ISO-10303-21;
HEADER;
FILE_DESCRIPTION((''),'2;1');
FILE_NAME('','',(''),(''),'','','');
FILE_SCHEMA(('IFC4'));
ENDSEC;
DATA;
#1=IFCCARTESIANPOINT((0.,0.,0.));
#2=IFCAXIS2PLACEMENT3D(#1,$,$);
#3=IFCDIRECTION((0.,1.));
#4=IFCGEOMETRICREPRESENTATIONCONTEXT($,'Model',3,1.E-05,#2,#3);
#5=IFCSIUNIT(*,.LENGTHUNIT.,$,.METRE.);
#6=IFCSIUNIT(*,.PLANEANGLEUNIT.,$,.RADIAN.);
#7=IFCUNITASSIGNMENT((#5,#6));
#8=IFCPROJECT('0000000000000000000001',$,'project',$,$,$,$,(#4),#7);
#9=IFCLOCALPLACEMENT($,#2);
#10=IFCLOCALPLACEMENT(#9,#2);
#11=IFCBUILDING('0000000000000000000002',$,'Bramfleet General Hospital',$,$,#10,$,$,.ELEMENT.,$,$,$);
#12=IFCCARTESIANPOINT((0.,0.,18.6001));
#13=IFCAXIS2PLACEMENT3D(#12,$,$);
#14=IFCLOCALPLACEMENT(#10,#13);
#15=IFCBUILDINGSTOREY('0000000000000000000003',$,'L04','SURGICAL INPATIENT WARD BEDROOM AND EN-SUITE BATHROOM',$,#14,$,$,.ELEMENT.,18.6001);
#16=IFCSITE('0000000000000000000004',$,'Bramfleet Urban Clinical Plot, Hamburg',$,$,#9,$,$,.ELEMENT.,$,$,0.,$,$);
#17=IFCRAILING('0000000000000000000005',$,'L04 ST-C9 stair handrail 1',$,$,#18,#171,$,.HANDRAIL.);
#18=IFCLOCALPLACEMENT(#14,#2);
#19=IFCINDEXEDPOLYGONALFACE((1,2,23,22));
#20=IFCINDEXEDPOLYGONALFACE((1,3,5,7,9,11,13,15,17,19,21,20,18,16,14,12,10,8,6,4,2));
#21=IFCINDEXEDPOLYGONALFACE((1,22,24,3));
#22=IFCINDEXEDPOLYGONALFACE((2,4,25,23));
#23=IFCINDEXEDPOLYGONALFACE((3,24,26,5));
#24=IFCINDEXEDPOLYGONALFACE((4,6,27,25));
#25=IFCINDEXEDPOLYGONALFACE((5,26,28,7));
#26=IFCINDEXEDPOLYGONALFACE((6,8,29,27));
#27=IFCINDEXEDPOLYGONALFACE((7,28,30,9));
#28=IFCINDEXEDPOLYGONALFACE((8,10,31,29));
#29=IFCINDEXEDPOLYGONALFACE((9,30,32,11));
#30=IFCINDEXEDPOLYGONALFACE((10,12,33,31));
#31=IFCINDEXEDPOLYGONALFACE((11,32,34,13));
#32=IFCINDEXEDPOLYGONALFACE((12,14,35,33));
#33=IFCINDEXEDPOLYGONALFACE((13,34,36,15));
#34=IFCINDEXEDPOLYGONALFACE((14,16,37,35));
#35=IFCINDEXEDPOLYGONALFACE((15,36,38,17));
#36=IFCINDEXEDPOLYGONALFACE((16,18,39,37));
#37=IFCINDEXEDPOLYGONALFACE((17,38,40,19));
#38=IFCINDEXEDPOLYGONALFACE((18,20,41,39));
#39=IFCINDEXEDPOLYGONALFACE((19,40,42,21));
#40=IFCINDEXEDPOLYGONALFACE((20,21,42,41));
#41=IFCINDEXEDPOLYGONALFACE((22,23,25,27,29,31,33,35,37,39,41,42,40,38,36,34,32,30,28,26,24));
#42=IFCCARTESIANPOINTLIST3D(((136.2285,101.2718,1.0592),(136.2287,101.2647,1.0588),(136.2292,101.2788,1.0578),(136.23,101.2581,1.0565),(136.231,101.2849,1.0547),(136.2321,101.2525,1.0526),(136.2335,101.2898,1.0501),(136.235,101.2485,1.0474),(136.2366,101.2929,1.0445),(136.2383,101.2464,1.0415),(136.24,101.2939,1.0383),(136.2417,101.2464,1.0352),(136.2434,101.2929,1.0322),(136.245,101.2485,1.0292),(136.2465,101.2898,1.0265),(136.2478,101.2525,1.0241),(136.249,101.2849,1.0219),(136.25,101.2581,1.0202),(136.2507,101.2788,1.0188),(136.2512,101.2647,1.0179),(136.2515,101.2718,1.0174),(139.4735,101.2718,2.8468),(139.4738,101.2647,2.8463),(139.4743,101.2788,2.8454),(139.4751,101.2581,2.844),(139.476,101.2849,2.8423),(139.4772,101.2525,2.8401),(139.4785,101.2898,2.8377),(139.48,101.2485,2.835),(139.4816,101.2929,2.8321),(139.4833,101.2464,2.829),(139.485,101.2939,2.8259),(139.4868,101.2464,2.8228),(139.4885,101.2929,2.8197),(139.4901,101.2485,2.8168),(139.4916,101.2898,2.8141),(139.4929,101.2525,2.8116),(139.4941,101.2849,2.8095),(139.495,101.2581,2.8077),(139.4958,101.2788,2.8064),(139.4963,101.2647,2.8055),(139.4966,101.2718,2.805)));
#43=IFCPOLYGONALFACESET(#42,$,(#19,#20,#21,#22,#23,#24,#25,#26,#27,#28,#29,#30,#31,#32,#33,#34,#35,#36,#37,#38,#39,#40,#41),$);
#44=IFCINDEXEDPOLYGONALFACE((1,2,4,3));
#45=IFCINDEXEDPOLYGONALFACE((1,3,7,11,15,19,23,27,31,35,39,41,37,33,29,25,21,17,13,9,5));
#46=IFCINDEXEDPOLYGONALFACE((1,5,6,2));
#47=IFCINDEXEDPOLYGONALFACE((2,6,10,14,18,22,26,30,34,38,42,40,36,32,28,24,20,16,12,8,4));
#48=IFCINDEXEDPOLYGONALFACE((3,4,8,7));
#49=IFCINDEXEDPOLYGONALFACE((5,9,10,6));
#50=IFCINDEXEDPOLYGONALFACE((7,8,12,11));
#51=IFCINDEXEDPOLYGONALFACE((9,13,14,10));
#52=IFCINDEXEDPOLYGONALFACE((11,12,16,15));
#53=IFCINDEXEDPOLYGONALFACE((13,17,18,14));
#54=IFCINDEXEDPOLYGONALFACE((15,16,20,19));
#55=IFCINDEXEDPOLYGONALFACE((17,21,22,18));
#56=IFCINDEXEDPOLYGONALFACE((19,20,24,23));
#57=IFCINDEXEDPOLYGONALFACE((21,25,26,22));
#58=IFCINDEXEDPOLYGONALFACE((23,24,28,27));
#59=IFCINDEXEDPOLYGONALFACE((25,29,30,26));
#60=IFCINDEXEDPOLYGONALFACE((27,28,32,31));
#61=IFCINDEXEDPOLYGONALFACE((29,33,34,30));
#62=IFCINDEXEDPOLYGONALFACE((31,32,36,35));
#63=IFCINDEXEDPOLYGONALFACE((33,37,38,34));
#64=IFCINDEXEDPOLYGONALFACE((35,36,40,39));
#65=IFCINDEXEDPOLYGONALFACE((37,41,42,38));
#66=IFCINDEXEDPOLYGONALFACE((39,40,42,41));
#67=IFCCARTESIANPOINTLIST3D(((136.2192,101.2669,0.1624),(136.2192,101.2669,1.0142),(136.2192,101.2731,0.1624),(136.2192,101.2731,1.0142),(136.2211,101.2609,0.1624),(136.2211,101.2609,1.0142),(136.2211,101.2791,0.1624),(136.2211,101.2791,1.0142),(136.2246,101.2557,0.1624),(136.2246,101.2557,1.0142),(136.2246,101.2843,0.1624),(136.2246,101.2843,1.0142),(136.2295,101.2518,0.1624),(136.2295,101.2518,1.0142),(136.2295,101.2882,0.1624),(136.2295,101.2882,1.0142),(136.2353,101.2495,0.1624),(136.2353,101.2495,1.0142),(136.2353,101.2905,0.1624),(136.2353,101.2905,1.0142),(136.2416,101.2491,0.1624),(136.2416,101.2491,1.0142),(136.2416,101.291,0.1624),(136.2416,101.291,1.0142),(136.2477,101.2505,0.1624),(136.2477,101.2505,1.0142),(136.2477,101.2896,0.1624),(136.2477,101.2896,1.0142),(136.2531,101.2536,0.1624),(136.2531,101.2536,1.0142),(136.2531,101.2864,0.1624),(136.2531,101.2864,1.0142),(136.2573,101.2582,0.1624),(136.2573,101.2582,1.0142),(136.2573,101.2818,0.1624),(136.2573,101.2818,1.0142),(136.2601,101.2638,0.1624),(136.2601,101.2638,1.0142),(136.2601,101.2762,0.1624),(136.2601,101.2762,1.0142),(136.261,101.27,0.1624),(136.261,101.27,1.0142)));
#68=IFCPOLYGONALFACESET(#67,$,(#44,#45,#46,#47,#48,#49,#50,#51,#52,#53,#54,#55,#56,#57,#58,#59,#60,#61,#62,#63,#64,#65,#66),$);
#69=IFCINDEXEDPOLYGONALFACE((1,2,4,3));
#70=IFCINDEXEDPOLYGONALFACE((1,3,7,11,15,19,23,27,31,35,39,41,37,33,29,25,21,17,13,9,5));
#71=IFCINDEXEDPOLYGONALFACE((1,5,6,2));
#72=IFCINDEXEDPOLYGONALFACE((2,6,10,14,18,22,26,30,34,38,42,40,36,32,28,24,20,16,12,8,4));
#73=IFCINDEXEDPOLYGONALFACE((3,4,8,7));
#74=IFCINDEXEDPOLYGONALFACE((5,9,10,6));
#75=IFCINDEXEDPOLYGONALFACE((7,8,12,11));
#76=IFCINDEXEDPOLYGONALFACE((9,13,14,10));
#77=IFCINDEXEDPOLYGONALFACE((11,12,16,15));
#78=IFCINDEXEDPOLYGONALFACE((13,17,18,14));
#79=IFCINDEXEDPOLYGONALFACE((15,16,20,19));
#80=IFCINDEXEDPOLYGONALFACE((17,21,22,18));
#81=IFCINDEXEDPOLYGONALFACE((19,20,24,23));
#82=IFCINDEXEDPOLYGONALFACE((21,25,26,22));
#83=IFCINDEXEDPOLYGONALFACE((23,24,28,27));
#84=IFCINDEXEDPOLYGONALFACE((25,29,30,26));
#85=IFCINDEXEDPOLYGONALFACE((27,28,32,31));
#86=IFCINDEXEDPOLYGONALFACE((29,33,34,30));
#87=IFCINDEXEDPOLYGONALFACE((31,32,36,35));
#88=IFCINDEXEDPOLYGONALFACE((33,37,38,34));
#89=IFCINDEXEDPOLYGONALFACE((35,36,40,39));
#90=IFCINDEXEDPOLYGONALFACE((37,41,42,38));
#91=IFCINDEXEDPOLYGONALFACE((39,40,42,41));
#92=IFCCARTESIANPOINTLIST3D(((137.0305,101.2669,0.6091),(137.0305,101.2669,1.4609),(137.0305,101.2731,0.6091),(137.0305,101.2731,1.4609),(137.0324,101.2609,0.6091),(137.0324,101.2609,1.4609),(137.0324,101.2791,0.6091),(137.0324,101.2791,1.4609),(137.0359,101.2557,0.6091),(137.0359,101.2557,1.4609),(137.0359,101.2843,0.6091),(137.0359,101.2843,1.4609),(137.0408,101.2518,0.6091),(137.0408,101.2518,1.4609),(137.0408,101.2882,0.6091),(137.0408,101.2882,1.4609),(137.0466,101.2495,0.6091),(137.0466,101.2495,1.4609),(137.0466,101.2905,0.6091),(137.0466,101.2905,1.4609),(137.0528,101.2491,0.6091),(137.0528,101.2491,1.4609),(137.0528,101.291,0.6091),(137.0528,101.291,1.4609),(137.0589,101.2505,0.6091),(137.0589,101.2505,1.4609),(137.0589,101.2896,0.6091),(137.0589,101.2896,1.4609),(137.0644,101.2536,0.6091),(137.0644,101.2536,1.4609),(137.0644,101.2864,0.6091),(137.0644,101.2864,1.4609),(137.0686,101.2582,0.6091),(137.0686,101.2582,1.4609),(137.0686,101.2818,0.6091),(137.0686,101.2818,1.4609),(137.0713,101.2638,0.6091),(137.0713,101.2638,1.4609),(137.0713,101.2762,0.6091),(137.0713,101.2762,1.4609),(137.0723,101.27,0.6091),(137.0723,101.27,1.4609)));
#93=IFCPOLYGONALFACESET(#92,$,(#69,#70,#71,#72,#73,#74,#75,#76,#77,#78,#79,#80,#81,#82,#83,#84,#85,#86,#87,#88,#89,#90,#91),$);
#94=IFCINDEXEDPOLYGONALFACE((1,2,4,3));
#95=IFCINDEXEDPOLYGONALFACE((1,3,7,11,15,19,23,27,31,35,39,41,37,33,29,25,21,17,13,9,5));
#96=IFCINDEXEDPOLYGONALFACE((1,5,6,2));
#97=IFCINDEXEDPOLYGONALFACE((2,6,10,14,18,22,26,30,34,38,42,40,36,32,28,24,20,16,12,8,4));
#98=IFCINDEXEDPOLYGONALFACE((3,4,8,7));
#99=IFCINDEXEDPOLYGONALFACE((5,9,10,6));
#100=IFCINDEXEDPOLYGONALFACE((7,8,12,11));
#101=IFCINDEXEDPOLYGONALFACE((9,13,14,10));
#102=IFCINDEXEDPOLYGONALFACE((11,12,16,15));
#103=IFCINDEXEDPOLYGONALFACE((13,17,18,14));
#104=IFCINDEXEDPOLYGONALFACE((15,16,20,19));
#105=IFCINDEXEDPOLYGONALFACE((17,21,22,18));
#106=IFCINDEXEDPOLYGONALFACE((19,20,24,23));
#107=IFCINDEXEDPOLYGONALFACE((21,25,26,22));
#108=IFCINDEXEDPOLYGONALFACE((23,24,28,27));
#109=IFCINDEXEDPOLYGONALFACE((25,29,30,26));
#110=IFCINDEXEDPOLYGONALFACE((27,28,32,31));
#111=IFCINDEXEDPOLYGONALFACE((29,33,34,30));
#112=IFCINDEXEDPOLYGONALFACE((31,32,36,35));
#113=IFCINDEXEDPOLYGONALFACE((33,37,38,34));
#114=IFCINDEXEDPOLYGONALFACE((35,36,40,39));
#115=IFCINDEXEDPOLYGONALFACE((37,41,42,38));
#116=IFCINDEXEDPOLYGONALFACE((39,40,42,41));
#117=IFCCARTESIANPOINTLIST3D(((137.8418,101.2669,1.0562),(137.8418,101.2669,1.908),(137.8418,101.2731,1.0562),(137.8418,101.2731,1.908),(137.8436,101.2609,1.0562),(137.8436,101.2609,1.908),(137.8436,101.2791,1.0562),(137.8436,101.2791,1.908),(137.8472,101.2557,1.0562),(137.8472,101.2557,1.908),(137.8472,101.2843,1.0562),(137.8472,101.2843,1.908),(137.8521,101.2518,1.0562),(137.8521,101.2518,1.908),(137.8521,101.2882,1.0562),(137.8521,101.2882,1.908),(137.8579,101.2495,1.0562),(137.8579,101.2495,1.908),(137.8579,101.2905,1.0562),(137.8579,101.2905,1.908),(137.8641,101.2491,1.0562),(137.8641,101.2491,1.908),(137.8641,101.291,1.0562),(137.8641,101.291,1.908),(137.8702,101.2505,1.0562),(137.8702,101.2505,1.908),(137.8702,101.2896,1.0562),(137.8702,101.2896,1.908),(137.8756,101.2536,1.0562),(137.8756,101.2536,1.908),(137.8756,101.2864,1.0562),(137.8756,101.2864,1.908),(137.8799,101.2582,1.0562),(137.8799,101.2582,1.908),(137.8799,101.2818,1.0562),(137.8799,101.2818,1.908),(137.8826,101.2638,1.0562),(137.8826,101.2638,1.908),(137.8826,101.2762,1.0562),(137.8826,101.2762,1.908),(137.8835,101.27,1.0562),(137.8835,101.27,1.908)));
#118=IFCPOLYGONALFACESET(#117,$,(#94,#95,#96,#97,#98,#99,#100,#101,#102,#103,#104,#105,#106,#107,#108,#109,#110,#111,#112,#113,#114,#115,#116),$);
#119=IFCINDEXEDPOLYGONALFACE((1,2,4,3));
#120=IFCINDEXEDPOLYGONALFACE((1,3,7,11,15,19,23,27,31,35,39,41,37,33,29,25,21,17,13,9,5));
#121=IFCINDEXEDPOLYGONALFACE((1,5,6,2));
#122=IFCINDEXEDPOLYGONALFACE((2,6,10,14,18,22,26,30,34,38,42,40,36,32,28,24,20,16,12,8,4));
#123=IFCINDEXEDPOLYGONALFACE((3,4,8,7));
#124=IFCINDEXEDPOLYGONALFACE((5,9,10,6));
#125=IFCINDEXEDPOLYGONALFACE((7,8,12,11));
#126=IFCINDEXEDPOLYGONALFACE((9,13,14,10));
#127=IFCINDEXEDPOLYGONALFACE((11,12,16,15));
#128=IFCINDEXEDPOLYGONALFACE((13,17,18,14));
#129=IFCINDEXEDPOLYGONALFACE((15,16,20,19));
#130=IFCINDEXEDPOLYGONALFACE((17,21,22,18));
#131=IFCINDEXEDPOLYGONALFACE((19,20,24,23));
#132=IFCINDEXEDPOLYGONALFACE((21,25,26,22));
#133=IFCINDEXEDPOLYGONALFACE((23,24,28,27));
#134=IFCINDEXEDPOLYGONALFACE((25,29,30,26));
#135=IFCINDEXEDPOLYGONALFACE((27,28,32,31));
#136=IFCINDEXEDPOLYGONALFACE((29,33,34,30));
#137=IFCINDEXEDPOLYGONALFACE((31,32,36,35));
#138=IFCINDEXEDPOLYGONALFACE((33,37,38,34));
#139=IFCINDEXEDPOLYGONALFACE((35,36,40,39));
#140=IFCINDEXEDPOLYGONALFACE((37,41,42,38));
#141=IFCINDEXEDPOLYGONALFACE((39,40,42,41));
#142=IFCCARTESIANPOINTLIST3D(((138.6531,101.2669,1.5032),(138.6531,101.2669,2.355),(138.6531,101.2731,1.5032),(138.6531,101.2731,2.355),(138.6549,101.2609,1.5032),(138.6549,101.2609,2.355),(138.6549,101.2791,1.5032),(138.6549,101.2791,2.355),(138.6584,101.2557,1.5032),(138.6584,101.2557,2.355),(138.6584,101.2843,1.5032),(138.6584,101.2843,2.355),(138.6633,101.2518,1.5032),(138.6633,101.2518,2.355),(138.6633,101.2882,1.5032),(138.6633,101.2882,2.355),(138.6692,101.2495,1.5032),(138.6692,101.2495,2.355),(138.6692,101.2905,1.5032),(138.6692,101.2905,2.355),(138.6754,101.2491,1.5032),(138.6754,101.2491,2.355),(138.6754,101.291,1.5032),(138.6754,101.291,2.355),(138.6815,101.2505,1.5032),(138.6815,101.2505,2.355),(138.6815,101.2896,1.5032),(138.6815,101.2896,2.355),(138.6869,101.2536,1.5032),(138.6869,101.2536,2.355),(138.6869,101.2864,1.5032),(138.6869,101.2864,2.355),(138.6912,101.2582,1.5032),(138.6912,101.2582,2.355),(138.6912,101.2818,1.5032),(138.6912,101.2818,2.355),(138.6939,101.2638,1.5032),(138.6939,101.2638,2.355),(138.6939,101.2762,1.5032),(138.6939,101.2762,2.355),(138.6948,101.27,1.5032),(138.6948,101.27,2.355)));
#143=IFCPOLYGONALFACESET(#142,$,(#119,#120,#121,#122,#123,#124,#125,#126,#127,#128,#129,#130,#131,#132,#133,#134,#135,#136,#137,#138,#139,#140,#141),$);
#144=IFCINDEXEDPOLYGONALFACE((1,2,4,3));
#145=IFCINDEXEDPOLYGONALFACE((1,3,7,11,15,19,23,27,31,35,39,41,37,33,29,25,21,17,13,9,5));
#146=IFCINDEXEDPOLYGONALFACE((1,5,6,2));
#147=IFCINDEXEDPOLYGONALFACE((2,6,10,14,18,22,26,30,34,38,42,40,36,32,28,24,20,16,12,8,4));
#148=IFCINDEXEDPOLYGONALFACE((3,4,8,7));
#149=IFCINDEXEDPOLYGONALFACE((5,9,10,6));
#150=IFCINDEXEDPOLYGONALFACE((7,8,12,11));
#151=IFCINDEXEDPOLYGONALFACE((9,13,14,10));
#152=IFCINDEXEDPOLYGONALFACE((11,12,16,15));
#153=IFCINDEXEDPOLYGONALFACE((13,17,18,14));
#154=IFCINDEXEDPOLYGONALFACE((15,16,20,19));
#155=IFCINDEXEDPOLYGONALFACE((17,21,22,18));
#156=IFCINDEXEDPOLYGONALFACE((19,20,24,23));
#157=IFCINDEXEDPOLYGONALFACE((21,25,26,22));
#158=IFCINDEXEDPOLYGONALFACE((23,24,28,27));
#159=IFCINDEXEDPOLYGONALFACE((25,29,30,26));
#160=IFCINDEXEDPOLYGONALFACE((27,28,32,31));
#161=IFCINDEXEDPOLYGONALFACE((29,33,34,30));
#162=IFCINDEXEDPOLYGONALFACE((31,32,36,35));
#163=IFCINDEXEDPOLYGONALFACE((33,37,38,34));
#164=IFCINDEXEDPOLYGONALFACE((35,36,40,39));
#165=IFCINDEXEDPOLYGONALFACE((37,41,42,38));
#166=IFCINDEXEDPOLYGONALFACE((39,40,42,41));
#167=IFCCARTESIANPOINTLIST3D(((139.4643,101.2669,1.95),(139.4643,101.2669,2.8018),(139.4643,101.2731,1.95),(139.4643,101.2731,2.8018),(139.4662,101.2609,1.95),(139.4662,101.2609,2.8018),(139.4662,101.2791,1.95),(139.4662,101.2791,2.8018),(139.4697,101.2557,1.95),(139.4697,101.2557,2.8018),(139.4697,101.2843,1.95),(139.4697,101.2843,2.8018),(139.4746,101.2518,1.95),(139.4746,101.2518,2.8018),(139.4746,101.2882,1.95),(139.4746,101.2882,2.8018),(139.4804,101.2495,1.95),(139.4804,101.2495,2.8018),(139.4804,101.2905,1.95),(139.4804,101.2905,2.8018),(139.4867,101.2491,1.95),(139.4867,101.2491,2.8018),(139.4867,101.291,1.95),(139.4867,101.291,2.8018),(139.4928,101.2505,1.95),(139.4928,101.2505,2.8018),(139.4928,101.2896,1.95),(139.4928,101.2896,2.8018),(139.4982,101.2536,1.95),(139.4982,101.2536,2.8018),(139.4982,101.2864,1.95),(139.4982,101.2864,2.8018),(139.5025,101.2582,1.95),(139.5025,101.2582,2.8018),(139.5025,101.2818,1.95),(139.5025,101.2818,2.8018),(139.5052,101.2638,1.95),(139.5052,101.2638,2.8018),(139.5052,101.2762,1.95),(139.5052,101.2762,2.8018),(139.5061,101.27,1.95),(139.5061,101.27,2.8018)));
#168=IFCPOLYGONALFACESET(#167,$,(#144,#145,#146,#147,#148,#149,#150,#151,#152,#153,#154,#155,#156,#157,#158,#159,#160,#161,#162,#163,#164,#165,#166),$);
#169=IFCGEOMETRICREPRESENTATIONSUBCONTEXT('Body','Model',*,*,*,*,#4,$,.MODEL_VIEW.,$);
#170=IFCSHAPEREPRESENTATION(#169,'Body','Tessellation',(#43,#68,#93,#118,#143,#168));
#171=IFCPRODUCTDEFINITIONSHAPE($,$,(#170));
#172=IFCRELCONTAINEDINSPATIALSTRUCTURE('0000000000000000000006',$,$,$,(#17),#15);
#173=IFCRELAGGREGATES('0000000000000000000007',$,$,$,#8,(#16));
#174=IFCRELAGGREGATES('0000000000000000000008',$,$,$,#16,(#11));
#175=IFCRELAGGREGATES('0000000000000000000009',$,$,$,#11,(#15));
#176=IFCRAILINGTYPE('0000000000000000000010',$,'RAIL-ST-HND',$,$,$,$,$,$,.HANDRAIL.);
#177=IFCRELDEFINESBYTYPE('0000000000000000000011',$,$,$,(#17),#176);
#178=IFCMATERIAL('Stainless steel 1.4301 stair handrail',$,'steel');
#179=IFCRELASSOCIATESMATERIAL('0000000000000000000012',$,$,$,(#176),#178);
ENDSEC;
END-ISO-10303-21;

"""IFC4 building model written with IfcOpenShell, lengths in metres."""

from ifc_helpers import new_model, si_unit, direction, frame, origin, origin_2d, place, context, subcontext, project, spatial, circle, extrude, material, type_object, element, save


model = new_model("IFC4")

# Units and contexts
model_context = context("Model", 3, precision=1e-05, world=origin(), true_north=direction((0.0, 1.0)))
body_context = subcontext(model_context, "Body", "Model", "MODEL_VIEW")
ifc_project = project(units=[si_unit("LENGTHUNIT", "METRE"), si_unit("PLANEANGLEUNIT", "RADIAN")], contexts=[model_context])

# Site, building, storey
site_placement = place(None, origin())
site = spatial("IfcSite", under=ifc_project, at=site_placement, Name="Bramfleet Urban Clinical Plot, Hamburg", CompositionType="ELEMENT", RefElevation=0.0)
building_placement = place(site_placement, origin())
building = spatial("IfcBuilding", under=site, at=building_placement, Name="Bramfleet General Hospital", CompositionType="ELEMENT")
storey_placement = place(building_placement, frame((0.0, 0.0, 18.6001)))
storey = spatial("IfcBuildingStorey", under=building, at=storey_placement, Name="L04", Description="SURGICAL INPATIENT WARD BEDROOM AND EN-SUITE BATHROOM", CompositionType="ELEMENT", Elevation=18.6001)

# Railing
ifc_material_1 = material(Name="Stainless steel 1.4301 stair handrail", Category="steel")
railing_type_1 = type_object("IfcRailingType", Name="RAIL-ST-HND", PredefinedType="HANDRAIL", material=ifc_material_1)
railing_1_placement = place(storey_placement, frame((136.24, 101.27, 0.1624)))
element("IfcRailing", 1, at=railing_1_placement, inside=storey, type_object=railing_type_1, Name="L04 ST-C9 stair handrail 1", PredefinedType="HANDRAIL", context=body_context, shape_type="SweptSolid", body=[
    extrude(circle(Radius=0.0239, at=origin_2d()), frame((0.0, 0.0, 0.876), z_axis=(0.875899, 0.0, 0.482495), x_axis=(0.0, 1.0, 0.0)), (0.0, 0.0, 1.0), 3.7048),
    extrude(circle(Radius=0.021, at=origin_2d()), origin(), (0.0, 0.0, 1.0), 0.8518),
    extrude(circle(Radius=0.021, at=origin_2d()), frame((0.8113, 0.0, 0.4468)), (0.0, 0.0, 1.0), 0.8518),
    extrude(circle(Radius=0.021, at=origin_2d()), frame((1.6226, 0.0, 0.8938)), (0.0, 0.0, 1.0), 0.8518),
    extrude(circle(Radius=0.021, at=origin_2d()), frame((2.4338, 0.0, 1.3408)), (0.0, 0.0, 1.0), 0.8518),
    extrude(circle(Radius=0.021, at=origin_2d()), frame((3.2451, 0.0, 1.7876)), (0.0, 0.0, 1.0), 0.8518),
])

save(model, "model.ifc")
